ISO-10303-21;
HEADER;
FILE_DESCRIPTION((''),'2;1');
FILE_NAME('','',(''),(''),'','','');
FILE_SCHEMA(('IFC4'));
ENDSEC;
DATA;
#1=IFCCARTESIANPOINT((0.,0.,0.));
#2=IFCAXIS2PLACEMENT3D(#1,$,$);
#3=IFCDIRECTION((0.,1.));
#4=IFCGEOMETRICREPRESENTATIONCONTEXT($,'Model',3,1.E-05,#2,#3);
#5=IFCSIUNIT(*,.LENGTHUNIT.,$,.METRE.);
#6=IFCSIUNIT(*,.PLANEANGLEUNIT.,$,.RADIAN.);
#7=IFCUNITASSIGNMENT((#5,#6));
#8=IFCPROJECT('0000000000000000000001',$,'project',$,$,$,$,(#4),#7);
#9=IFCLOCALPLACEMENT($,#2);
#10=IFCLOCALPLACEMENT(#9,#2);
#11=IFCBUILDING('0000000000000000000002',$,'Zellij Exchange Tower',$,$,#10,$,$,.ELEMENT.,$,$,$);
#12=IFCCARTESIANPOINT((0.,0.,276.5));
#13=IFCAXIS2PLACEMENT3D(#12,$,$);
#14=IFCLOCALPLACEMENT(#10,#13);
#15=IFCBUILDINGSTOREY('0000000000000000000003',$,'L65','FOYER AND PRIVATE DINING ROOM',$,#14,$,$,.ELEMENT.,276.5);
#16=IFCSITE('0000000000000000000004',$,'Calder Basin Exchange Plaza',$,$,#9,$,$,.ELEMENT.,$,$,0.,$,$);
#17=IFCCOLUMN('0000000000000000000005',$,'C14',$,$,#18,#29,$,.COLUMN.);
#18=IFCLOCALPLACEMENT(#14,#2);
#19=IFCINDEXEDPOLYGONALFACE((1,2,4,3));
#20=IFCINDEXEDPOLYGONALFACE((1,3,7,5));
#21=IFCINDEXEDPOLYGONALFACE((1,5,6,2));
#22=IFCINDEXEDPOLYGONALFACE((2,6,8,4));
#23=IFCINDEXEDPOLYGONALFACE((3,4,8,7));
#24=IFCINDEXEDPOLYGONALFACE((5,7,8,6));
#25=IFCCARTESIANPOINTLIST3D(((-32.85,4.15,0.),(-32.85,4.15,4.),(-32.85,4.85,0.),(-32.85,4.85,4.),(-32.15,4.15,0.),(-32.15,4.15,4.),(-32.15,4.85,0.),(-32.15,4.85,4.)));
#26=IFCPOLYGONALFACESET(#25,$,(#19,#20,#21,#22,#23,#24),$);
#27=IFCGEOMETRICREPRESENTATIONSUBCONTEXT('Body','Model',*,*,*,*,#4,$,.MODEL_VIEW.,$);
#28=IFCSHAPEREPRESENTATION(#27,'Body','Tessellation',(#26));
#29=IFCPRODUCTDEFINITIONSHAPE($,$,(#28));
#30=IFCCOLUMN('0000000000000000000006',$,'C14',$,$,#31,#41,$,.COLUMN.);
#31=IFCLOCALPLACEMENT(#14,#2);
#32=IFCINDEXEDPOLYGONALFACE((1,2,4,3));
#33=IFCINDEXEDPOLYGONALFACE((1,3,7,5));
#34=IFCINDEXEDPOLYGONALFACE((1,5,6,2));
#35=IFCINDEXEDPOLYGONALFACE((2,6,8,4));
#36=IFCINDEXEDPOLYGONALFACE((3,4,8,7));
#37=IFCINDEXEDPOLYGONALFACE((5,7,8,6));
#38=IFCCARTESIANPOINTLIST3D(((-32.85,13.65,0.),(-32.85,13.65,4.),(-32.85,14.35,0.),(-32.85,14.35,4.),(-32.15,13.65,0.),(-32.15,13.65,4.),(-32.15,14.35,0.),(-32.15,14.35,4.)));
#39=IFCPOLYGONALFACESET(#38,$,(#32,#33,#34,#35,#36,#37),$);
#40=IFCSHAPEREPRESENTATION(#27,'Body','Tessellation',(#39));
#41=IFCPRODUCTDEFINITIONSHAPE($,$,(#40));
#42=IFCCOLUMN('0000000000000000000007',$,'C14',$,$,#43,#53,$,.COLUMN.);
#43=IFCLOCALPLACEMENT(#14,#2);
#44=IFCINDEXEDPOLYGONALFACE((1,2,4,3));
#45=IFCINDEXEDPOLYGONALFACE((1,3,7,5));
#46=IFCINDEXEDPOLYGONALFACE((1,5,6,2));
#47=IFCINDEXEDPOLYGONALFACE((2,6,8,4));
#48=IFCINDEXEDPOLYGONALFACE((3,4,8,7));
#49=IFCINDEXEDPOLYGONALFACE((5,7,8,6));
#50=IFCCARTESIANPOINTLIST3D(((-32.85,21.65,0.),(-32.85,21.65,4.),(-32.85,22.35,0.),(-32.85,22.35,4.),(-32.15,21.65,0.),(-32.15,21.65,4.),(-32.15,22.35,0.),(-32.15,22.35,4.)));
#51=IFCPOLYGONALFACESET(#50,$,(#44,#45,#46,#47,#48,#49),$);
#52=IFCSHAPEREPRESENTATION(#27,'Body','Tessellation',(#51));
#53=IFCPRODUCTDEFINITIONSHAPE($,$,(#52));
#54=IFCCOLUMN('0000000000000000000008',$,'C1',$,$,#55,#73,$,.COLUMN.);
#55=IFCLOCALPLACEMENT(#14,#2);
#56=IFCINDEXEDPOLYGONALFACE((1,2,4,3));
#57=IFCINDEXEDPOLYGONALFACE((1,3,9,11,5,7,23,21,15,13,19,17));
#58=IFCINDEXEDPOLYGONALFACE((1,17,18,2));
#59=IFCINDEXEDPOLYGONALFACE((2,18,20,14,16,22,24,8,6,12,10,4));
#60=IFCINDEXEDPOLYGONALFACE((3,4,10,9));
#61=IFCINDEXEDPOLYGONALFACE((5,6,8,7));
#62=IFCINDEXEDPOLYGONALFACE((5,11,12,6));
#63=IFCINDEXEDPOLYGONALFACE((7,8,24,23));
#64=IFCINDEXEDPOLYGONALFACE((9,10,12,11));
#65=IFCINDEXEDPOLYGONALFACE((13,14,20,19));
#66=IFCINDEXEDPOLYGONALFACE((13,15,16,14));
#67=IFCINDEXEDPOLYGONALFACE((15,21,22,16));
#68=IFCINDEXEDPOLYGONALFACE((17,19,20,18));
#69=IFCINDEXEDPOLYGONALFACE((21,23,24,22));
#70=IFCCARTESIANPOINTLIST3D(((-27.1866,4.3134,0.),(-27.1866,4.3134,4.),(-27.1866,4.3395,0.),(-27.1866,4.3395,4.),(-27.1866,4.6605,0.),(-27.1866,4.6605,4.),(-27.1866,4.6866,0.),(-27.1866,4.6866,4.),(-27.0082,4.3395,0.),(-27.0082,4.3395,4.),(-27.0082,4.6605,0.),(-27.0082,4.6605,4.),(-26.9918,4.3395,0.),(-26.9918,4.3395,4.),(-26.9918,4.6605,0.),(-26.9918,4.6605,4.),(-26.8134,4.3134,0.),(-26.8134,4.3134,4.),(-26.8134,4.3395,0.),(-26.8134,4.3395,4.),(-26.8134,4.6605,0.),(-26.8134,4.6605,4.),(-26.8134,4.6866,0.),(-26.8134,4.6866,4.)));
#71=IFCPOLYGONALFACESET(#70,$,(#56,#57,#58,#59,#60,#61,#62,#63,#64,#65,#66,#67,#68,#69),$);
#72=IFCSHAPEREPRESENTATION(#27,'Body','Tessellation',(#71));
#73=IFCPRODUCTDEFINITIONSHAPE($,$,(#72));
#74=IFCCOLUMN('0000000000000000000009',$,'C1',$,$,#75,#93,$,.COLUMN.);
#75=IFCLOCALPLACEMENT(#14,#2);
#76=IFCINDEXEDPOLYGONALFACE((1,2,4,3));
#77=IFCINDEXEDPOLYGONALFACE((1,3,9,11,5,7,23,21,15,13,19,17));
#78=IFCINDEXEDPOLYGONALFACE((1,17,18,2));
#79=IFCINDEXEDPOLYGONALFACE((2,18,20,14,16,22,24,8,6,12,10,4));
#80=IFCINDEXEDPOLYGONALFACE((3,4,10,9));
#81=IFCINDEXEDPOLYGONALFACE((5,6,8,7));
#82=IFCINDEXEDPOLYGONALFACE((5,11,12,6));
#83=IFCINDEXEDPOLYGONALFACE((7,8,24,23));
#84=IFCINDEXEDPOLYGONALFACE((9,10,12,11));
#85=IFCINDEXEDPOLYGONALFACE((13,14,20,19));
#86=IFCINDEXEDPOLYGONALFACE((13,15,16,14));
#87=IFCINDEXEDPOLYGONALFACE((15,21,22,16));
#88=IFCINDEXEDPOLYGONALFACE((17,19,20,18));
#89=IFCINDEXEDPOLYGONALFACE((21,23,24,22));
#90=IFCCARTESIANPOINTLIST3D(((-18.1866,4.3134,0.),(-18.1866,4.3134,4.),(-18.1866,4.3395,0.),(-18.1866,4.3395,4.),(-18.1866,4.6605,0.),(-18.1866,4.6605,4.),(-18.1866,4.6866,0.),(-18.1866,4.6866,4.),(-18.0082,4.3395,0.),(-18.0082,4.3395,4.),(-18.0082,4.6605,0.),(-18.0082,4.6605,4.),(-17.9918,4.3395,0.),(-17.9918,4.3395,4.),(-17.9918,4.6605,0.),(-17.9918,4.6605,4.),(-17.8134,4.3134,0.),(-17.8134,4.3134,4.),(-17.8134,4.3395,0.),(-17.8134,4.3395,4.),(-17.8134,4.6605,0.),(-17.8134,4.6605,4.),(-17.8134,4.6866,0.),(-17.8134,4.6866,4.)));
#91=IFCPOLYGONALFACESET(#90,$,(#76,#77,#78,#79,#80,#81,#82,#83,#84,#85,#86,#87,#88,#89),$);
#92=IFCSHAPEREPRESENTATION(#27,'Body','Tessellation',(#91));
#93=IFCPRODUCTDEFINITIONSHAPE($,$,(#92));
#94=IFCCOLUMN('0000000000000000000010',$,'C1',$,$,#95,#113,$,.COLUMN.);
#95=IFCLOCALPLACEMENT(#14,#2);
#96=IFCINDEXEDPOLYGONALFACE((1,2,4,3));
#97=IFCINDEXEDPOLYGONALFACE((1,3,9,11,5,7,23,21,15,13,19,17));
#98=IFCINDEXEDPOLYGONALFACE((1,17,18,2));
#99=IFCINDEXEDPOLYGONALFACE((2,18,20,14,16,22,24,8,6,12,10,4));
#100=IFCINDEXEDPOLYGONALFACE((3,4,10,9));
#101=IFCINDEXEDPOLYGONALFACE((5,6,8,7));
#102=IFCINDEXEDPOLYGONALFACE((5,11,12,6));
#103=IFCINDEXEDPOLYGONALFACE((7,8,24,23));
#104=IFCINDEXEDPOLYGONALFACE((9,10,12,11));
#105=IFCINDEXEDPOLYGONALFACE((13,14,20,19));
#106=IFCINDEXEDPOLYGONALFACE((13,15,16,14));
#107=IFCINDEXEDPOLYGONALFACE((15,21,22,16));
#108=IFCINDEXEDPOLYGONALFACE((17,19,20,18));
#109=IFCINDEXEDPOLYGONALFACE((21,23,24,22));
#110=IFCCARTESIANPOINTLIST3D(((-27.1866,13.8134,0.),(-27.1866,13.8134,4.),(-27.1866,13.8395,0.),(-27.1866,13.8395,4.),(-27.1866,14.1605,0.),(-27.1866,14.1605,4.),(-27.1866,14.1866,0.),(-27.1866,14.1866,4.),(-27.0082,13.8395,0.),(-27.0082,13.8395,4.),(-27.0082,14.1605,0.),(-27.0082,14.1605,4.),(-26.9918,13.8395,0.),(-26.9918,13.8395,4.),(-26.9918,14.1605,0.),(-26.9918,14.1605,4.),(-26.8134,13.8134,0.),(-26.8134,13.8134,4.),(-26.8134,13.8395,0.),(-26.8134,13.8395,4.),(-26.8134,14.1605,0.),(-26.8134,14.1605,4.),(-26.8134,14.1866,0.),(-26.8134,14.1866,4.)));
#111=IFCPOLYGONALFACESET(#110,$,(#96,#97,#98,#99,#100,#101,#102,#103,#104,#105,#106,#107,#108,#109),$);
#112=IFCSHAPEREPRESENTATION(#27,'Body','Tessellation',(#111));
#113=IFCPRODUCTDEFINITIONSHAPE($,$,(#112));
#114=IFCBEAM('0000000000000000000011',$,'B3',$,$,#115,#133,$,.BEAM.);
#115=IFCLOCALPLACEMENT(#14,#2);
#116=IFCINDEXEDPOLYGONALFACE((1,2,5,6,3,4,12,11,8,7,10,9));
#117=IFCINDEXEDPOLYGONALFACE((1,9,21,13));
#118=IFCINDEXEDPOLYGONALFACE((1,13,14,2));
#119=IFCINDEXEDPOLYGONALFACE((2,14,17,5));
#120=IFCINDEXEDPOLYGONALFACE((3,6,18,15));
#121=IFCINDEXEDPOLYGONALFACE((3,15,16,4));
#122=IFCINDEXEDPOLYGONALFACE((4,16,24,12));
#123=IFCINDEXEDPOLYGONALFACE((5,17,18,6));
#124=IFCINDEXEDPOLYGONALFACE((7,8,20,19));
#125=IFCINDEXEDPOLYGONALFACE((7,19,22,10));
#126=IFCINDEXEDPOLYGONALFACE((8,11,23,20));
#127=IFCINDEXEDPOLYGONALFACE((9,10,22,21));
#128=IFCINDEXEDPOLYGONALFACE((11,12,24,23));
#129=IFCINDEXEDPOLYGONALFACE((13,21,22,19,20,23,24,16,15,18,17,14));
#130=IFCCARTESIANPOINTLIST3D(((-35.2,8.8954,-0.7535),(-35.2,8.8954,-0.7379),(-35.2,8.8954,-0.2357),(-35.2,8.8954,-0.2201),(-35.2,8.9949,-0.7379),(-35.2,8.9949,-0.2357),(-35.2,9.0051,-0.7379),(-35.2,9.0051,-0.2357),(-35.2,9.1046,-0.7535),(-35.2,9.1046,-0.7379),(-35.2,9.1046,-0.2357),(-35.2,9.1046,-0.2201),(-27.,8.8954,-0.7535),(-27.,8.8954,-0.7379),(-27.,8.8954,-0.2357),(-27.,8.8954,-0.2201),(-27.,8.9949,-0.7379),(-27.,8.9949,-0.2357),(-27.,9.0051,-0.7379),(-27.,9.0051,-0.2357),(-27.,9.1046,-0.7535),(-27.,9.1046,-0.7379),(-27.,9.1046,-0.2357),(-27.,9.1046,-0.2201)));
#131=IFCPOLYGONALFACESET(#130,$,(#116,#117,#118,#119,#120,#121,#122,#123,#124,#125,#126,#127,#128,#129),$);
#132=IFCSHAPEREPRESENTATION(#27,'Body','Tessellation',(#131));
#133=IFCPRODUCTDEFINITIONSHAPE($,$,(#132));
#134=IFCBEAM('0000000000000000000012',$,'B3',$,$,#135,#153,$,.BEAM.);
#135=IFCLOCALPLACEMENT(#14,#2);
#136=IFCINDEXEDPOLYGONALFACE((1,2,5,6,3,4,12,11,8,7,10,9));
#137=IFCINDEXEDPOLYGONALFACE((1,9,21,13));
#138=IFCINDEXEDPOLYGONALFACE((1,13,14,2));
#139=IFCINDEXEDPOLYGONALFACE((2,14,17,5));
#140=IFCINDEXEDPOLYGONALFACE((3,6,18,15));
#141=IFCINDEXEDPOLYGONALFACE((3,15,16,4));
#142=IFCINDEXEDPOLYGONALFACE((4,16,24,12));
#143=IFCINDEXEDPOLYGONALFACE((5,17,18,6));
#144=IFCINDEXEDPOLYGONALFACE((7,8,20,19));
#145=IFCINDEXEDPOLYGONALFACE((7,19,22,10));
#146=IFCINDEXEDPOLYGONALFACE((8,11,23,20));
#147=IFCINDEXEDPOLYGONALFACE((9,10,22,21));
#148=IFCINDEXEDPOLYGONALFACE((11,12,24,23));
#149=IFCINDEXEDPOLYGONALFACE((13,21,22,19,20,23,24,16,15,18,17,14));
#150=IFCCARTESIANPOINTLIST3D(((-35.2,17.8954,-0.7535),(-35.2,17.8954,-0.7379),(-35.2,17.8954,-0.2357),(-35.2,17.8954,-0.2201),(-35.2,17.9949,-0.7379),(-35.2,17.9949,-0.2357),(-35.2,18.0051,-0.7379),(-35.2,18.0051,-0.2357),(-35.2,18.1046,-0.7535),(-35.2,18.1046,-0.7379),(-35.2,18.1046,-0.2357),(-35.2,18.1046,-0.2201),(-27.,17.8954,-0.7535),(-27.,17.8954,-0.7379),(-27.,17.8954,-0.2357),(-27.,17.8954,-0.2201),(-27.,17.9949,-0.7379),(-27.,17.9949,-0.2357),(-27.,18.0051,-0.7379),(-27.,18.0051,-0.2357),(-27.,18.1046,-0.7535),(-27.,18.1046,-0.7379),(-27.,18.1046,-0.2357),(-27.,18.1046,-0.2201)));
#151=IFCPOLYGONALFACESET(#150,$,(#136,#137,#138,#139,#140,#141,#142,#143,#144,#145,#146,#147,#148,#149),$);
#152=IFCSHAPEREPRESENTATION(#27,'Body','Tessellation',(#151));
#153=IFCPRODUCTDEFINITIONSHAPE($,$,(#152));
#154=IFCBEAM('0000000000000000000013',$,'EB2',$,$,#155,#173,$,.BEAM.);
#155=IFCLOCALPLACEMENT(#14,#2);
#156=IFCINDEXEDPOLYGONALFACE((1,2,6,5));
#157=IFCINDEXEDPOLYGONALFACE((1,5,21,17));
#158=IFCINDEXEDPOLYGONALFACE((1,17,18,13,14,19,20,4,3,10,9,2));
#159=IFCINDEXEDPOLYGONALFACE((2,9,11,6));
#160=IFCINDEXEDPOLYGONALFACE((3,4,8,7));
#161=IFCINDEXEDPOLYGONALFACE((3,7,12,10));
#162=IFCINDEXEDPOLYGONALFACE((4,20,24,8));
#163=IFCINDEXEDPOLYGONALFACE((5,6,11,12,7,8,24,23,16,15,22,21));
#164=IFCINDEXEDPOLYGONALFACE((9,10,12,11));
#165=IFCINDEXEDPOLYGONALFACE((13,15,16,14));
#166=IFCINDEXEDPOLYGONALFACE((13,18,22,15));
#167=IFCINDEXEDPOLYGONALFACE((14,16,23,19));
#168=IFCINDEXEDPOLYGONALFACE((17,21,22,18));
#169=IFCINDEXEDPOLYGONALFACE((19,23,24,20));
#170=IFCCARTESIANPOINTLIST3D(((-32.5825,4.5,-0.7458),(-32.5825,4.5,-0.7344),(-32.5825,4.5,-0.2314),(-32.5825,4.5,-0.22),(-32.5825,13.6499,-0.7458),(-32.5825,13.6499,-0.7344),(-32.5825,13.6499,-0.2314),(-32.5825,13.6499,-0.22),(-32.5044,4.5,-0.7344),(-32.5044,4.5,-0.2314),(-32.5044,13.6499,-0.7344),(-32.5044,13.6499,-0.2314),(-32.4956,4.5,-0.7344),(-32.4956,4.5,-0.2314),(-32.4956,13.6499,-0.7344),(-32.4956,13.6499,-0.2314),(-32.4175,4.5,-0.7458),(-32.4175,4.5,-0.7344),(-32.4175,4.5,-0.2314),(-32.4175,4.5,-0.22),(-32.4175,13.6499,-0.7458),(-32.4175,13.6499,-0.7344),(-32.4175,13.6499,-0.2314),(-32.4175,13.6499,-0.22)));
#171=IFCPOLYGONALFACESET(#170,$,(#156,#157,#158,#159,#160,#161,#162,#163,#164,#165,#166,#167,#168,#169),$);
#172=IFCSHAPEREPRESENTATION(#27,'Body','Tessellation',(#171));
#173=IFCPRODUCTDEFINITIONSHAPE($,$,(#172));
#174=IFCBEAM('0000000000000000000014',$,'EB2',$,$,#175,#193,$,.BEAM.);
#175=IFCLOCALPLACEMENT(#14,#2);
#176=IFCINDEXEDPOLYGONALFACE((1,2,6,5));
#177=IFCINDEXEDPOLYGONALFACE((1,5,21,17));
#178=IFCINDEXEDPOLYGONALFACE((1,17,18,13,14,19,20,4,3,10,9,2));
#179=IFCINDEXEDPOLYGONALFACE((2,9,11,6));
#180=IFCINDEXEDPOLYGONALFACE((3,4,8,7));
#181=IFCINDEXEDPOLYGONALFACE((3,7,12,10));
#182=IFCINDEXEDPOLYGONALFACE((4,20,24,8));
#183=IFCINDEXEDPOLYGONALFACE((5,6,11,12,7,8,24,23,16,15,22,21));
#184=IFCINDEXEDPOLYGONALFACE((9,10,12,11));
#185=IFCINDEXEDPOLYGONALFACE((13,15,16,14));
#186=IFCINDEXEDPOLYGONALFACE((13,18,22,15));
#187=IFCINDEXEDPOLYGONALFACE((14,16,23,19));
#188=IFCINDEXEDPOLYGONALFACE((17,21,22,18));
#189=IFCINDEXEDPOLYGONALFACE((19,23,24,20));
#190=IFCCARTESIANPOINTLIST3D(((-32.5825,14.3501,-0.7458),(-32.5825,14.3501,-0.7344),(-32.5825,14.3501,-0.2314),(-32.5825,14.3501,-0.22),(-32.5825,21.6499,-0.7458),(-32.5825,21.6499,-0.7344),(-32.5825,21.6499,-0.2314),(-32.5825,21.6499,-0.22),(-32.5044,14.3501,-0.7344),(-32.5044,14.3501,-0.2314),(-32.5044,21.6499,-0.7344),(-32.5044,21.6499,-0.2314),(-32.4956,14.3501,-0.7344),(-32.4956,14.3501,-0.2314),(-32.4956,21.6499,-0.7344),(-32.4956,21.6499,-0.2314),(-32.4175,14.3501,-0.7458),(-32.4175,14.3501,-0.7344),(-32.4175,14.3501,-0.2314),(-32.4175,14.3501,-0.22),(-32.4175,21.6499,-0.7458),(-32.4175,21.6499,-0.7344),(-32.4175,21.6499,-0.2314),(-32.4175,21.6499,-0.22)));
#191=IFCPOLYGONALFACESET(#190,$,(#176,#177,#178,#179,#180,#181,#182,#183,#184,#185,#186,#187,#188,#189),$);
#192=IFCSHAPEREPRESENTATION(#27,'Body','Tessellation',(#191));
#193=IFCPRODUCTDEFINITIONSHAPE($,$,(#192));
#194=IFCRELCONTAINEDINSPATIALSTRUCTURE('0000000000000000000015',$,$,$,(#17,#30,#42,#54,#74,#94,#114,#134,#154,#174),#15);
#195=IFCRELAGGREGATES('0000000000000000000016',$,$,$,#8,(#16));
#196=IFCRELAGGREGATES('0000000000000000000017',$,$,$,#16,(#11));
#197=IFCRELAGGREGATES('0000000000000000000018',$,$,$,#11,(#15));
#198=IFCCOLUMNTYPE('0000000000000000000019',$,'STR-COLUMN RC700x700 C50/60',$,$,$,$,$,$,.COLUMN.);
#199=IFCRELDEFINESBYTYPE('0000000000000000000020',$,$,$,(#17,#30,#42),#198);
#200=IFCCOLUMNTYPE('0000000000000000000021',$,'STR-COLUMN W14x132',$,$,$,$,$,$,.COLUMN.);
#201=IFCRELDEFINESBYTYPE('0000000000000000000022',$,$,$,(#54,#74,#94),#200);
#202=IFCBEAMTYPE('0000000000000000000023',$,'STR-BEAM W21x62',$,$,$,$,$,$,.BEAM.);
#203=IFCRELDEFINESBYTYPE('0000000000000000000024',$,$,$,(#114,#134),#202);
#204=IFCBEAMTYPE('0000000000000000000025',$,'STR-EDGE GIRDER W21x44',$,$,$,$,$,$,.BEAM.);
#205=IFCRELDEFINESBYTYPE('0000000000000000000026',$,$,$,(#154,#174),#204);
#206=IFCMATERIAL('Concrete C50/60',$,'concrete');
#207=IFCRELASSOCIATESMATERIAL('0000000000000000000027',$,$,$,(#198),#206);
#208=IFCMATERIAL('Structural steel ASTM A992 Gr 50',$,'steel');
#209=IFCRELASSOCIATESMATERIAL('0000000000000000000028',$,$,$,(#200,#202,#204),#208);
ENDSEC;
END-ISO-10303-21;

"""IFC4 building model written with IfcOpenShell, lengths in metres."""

from ifc_helpers import new_model, si_unit, direction, frame, origin, origin_2d, place, context, subcontext, project, spatial, rectangle, i_section, extrude, material, material_profile, profile_set, type_object, element, save


model = new_model("IFC4")

# Units and contexts
model_context = context("Model", 3, precision=1e-05, world=origin(), true_north=direction((0.0, 1.0)))
body_context = subcontext(model_context, "Body", "Model", "MODEL_VIEW")
ifc_project = project(units=[si_unit("LENGTHUNIT", "METRE"), si_unit("PLANEANGLEUNIT", "RADIAN")], contexts=[model_context])

# Site, building, storey
site_placement = place(None, origin())
site = spatial("IfcSite", under=ifc_project, at=site_placement, Name="Calder Basin Exchange Plaza", CompositionType="ELEMENT", RefElevation=0.0)
building_placement = place(site_placement, origin())
building = spatial("IfcBuilding", under=site, at=building_placement, Name="Zellij Exchange Tower", CompositionType="ELEMENT")
storey_placement = place(building_placement, frame((0.0, 0.0, 276.5)))
storey = spatial("IfcBuildingStorey", under=building, at=storey_placement, Name="L65", Description="FOYER AND PRIVATE DINING ROOM", CompositionType="ELEMENT", Elevation=276.5)

# Columns
ifc_material_1 = material(Name="Concrete C50/60", Category="concrete")
ifc_material_profile_1 = material_profile(ifc_material_1, rectangle(XDim=0.7, YDim=0.7, at=origin_2d()), Name="STR-COLUMN RC700x700 C50/60")
ifc_profile_set_1 = profile_set([ifc_material_profile_1], Name="Concrete C50/60")
column_type_1 = type_object("IfcColumnType", Name="STR-COLUMN RC700x700 C50/60", PredefinedType="COLUMN", material=ifc_profile_set_1)
for number, where, z_axis, x_axis, name in (
    (1, (-32.5, 4.5, 0.0), (0.0, 0.0, 1.0), (1.0, 0.0, 0.0), "C14"),
    (2, (-32.5, 14.0, 0.0), (0.0, 0.0, 1.0), (1.0, 0.0, 0.0), "C14"),
    (3, (-32.5, 22.0, 0.0), (0.0, 0.0, 1.0), (1.0, 0.0, 0.0), "C14"),
):
    element("IfcColumn", number, at=place(storey_placement, frame(where, z_axis=z_axis, x_axis=x_axis)), inside=storey, type_object=column_type_1, Name=name, PredefinedType="COLUMN", context=body_context, shape_type="SweptSolid", body=[
        extrude(rectangle(XDim=0.7, YDim=0.7, at=origin_2d()), origin(), (0.0, 0.0, 1.0), 4.0),
    ])
ifc_material_2 = material(Name="Structural steel ASTM A992 Gr 50", Category="steel")
ifc_material_profile_2 = material_profile(ifc_material_2, i_section(OverallWidth=0.3733, OverallDepth=0.3733, WebThickness=0.0164, FlangeThickness=0.0261, at=origin_2d()), Name="W14x132")
ifc_profile_set_2 = profile_set([ifc_material_profile_2], Name="Structural steel ASTM A992 Gr 50")
column_type_2 = type_object("IfcColumnType", Name="STR-COLUMN W14x132", PredefinedType="COLUMN", material=ifc_profile_set_2)
for number, where, z_axis, x_axis, name in (
    (4, (-27.0, 4.5, 0.0), (0.0, 0.0, 1.0), (1.0, 0.0, 0.0), "C1"),
    (5, (-18.0, 4.5, 0.0), (0.0, 0.0, 1.0), (1.0, 0.0, 0.0), "C1"),
    (6, (-27.0, 14.0, 0.0), (0.0, 0.0, 1.0), (1.0, 0.0, 0.0), "C1"),
):
    element("IfcColumn", number, at=place(storey_placement, frame(where, z_axis=z_axis, x_axis=x_axis)), inside=storey, type_object=column_type_2, Name=name, PredefinedType="COLUMN", context=body_context, shape_type="SweptSolid", body=[
        extrude(i_section(OverallWidth=0.3733, OverallDepth=0.3733, WebThickness=0.0164, FlangeThickness=0.0261, at=origin_2d()), origin(), (0.0, 0.0, 1.0), 4.0),
    ])

# Beams
ifc_material_profile_3 = material_profile(ifc_material_2, i_section(OverallWidth=0.2092, OverallDepth=0.5334, WebThickness=0.0103, FlangeThickness=0.0156, at=origin_2d()), Name="W21x62")
ifc_profile_set_3 = profile_set([ifc_material_profile_3], Name="Structural steel ASTM A992 Gr 50")
beam_type_1 = type_object("IfcBeamType", Name="STR-BEAM W21x62", PredefinedType="BEAM", material=ifc_profile_set_3)
for number, where, z_axis, x_axis, name in (
    (7, (-35.2, 9.0, -0.4868), (1.0, 0.0, 0.0), (0.0, 1.0, 0.0), "B3"),
    (8, (-35.2, 18.0, -0.4868), (1.0, 0.0, 0.0), (0.0, 1.0, 0.0), "B3"),
):
    element("IfcBeam", number, at=place(storey_placement, frame(where, z_axis=z_axis, x_axis=x_axis)), inside=storey, type_object=beam_type_1, Name=name, PredefinedType="BEAM", context=body_context, shape_type="SweptSolid", body=[
        extrude(i_section(OverallWidth=0.2092, OverallDepth=0.5334, WebThickness=0.0103, FlangeThickness=0.0156, at=origin_2d()), origin(), (0.0, 0.0, 1.0), 8.2),
    ])
ifc_material_profile_4 = material_profile(ifc_material_2, i_section(OverallWidth=0.165, OverallDepth=0.5259, WebThickness=0.0088, FlangeThickness=0.0115, at=origin_2d()), Name="W21x44")
ifc_profile_set_4 = profile_set([ifc_material_profile_4], Name="Structural steel ASTM A992 Gr 50")
beam_type_2 = type_object("IfcBeamType", Name="STR-EDGE GIRDER W21x44", PredefinedType="BEAM", material=ifc_profile_set_4)
beam_1_placement = place(storey_placement, frame((-32.5, 4.5, -0.4829), z_axis=(0.0, 1.0, 0.0), x_axis=(-1.0, 0.0, 0.0)))
element("IfcBeam", 9, at=beam_1_placement, inside=storey, type_object=beam_type_2, Name="EB2", PredefinedType="BEAM", context=body_context, shape_type="SweptSolid", body=[
    extrude(i_section(OverallWidth=0.165, OverallDepth=0.5259, WebThickness=0.0088, FlangeThickness=0.0115, at=origin_2d()), origin(), (0.0, 0.0, 1.0), 9.1499),
])
beam_2_placement = place(storey_placement, frame((-32.5, 14.3501, -0.4829), z_axis=(0.0, 1.0, 0.0), x_axis=(-1.0, 0.0, 0.0)))
element("IfcBeam", 10, at=beam_2_placement, inside=storey, type_object=beam_type_2, Name="EB2", PredefinedType="BEAM", context=body_context, shape_type="SweptSolid", body=[
    extrude(i_section(OverallWidth=0.165, OverallDepth=0.5259, WebThickness=0.0088, FlangeThickness=0.0115, at=origin_2d()), origin(), (0.0, 0.0, 1.0), 7.2998),
])

save(model, "model.ifc")
